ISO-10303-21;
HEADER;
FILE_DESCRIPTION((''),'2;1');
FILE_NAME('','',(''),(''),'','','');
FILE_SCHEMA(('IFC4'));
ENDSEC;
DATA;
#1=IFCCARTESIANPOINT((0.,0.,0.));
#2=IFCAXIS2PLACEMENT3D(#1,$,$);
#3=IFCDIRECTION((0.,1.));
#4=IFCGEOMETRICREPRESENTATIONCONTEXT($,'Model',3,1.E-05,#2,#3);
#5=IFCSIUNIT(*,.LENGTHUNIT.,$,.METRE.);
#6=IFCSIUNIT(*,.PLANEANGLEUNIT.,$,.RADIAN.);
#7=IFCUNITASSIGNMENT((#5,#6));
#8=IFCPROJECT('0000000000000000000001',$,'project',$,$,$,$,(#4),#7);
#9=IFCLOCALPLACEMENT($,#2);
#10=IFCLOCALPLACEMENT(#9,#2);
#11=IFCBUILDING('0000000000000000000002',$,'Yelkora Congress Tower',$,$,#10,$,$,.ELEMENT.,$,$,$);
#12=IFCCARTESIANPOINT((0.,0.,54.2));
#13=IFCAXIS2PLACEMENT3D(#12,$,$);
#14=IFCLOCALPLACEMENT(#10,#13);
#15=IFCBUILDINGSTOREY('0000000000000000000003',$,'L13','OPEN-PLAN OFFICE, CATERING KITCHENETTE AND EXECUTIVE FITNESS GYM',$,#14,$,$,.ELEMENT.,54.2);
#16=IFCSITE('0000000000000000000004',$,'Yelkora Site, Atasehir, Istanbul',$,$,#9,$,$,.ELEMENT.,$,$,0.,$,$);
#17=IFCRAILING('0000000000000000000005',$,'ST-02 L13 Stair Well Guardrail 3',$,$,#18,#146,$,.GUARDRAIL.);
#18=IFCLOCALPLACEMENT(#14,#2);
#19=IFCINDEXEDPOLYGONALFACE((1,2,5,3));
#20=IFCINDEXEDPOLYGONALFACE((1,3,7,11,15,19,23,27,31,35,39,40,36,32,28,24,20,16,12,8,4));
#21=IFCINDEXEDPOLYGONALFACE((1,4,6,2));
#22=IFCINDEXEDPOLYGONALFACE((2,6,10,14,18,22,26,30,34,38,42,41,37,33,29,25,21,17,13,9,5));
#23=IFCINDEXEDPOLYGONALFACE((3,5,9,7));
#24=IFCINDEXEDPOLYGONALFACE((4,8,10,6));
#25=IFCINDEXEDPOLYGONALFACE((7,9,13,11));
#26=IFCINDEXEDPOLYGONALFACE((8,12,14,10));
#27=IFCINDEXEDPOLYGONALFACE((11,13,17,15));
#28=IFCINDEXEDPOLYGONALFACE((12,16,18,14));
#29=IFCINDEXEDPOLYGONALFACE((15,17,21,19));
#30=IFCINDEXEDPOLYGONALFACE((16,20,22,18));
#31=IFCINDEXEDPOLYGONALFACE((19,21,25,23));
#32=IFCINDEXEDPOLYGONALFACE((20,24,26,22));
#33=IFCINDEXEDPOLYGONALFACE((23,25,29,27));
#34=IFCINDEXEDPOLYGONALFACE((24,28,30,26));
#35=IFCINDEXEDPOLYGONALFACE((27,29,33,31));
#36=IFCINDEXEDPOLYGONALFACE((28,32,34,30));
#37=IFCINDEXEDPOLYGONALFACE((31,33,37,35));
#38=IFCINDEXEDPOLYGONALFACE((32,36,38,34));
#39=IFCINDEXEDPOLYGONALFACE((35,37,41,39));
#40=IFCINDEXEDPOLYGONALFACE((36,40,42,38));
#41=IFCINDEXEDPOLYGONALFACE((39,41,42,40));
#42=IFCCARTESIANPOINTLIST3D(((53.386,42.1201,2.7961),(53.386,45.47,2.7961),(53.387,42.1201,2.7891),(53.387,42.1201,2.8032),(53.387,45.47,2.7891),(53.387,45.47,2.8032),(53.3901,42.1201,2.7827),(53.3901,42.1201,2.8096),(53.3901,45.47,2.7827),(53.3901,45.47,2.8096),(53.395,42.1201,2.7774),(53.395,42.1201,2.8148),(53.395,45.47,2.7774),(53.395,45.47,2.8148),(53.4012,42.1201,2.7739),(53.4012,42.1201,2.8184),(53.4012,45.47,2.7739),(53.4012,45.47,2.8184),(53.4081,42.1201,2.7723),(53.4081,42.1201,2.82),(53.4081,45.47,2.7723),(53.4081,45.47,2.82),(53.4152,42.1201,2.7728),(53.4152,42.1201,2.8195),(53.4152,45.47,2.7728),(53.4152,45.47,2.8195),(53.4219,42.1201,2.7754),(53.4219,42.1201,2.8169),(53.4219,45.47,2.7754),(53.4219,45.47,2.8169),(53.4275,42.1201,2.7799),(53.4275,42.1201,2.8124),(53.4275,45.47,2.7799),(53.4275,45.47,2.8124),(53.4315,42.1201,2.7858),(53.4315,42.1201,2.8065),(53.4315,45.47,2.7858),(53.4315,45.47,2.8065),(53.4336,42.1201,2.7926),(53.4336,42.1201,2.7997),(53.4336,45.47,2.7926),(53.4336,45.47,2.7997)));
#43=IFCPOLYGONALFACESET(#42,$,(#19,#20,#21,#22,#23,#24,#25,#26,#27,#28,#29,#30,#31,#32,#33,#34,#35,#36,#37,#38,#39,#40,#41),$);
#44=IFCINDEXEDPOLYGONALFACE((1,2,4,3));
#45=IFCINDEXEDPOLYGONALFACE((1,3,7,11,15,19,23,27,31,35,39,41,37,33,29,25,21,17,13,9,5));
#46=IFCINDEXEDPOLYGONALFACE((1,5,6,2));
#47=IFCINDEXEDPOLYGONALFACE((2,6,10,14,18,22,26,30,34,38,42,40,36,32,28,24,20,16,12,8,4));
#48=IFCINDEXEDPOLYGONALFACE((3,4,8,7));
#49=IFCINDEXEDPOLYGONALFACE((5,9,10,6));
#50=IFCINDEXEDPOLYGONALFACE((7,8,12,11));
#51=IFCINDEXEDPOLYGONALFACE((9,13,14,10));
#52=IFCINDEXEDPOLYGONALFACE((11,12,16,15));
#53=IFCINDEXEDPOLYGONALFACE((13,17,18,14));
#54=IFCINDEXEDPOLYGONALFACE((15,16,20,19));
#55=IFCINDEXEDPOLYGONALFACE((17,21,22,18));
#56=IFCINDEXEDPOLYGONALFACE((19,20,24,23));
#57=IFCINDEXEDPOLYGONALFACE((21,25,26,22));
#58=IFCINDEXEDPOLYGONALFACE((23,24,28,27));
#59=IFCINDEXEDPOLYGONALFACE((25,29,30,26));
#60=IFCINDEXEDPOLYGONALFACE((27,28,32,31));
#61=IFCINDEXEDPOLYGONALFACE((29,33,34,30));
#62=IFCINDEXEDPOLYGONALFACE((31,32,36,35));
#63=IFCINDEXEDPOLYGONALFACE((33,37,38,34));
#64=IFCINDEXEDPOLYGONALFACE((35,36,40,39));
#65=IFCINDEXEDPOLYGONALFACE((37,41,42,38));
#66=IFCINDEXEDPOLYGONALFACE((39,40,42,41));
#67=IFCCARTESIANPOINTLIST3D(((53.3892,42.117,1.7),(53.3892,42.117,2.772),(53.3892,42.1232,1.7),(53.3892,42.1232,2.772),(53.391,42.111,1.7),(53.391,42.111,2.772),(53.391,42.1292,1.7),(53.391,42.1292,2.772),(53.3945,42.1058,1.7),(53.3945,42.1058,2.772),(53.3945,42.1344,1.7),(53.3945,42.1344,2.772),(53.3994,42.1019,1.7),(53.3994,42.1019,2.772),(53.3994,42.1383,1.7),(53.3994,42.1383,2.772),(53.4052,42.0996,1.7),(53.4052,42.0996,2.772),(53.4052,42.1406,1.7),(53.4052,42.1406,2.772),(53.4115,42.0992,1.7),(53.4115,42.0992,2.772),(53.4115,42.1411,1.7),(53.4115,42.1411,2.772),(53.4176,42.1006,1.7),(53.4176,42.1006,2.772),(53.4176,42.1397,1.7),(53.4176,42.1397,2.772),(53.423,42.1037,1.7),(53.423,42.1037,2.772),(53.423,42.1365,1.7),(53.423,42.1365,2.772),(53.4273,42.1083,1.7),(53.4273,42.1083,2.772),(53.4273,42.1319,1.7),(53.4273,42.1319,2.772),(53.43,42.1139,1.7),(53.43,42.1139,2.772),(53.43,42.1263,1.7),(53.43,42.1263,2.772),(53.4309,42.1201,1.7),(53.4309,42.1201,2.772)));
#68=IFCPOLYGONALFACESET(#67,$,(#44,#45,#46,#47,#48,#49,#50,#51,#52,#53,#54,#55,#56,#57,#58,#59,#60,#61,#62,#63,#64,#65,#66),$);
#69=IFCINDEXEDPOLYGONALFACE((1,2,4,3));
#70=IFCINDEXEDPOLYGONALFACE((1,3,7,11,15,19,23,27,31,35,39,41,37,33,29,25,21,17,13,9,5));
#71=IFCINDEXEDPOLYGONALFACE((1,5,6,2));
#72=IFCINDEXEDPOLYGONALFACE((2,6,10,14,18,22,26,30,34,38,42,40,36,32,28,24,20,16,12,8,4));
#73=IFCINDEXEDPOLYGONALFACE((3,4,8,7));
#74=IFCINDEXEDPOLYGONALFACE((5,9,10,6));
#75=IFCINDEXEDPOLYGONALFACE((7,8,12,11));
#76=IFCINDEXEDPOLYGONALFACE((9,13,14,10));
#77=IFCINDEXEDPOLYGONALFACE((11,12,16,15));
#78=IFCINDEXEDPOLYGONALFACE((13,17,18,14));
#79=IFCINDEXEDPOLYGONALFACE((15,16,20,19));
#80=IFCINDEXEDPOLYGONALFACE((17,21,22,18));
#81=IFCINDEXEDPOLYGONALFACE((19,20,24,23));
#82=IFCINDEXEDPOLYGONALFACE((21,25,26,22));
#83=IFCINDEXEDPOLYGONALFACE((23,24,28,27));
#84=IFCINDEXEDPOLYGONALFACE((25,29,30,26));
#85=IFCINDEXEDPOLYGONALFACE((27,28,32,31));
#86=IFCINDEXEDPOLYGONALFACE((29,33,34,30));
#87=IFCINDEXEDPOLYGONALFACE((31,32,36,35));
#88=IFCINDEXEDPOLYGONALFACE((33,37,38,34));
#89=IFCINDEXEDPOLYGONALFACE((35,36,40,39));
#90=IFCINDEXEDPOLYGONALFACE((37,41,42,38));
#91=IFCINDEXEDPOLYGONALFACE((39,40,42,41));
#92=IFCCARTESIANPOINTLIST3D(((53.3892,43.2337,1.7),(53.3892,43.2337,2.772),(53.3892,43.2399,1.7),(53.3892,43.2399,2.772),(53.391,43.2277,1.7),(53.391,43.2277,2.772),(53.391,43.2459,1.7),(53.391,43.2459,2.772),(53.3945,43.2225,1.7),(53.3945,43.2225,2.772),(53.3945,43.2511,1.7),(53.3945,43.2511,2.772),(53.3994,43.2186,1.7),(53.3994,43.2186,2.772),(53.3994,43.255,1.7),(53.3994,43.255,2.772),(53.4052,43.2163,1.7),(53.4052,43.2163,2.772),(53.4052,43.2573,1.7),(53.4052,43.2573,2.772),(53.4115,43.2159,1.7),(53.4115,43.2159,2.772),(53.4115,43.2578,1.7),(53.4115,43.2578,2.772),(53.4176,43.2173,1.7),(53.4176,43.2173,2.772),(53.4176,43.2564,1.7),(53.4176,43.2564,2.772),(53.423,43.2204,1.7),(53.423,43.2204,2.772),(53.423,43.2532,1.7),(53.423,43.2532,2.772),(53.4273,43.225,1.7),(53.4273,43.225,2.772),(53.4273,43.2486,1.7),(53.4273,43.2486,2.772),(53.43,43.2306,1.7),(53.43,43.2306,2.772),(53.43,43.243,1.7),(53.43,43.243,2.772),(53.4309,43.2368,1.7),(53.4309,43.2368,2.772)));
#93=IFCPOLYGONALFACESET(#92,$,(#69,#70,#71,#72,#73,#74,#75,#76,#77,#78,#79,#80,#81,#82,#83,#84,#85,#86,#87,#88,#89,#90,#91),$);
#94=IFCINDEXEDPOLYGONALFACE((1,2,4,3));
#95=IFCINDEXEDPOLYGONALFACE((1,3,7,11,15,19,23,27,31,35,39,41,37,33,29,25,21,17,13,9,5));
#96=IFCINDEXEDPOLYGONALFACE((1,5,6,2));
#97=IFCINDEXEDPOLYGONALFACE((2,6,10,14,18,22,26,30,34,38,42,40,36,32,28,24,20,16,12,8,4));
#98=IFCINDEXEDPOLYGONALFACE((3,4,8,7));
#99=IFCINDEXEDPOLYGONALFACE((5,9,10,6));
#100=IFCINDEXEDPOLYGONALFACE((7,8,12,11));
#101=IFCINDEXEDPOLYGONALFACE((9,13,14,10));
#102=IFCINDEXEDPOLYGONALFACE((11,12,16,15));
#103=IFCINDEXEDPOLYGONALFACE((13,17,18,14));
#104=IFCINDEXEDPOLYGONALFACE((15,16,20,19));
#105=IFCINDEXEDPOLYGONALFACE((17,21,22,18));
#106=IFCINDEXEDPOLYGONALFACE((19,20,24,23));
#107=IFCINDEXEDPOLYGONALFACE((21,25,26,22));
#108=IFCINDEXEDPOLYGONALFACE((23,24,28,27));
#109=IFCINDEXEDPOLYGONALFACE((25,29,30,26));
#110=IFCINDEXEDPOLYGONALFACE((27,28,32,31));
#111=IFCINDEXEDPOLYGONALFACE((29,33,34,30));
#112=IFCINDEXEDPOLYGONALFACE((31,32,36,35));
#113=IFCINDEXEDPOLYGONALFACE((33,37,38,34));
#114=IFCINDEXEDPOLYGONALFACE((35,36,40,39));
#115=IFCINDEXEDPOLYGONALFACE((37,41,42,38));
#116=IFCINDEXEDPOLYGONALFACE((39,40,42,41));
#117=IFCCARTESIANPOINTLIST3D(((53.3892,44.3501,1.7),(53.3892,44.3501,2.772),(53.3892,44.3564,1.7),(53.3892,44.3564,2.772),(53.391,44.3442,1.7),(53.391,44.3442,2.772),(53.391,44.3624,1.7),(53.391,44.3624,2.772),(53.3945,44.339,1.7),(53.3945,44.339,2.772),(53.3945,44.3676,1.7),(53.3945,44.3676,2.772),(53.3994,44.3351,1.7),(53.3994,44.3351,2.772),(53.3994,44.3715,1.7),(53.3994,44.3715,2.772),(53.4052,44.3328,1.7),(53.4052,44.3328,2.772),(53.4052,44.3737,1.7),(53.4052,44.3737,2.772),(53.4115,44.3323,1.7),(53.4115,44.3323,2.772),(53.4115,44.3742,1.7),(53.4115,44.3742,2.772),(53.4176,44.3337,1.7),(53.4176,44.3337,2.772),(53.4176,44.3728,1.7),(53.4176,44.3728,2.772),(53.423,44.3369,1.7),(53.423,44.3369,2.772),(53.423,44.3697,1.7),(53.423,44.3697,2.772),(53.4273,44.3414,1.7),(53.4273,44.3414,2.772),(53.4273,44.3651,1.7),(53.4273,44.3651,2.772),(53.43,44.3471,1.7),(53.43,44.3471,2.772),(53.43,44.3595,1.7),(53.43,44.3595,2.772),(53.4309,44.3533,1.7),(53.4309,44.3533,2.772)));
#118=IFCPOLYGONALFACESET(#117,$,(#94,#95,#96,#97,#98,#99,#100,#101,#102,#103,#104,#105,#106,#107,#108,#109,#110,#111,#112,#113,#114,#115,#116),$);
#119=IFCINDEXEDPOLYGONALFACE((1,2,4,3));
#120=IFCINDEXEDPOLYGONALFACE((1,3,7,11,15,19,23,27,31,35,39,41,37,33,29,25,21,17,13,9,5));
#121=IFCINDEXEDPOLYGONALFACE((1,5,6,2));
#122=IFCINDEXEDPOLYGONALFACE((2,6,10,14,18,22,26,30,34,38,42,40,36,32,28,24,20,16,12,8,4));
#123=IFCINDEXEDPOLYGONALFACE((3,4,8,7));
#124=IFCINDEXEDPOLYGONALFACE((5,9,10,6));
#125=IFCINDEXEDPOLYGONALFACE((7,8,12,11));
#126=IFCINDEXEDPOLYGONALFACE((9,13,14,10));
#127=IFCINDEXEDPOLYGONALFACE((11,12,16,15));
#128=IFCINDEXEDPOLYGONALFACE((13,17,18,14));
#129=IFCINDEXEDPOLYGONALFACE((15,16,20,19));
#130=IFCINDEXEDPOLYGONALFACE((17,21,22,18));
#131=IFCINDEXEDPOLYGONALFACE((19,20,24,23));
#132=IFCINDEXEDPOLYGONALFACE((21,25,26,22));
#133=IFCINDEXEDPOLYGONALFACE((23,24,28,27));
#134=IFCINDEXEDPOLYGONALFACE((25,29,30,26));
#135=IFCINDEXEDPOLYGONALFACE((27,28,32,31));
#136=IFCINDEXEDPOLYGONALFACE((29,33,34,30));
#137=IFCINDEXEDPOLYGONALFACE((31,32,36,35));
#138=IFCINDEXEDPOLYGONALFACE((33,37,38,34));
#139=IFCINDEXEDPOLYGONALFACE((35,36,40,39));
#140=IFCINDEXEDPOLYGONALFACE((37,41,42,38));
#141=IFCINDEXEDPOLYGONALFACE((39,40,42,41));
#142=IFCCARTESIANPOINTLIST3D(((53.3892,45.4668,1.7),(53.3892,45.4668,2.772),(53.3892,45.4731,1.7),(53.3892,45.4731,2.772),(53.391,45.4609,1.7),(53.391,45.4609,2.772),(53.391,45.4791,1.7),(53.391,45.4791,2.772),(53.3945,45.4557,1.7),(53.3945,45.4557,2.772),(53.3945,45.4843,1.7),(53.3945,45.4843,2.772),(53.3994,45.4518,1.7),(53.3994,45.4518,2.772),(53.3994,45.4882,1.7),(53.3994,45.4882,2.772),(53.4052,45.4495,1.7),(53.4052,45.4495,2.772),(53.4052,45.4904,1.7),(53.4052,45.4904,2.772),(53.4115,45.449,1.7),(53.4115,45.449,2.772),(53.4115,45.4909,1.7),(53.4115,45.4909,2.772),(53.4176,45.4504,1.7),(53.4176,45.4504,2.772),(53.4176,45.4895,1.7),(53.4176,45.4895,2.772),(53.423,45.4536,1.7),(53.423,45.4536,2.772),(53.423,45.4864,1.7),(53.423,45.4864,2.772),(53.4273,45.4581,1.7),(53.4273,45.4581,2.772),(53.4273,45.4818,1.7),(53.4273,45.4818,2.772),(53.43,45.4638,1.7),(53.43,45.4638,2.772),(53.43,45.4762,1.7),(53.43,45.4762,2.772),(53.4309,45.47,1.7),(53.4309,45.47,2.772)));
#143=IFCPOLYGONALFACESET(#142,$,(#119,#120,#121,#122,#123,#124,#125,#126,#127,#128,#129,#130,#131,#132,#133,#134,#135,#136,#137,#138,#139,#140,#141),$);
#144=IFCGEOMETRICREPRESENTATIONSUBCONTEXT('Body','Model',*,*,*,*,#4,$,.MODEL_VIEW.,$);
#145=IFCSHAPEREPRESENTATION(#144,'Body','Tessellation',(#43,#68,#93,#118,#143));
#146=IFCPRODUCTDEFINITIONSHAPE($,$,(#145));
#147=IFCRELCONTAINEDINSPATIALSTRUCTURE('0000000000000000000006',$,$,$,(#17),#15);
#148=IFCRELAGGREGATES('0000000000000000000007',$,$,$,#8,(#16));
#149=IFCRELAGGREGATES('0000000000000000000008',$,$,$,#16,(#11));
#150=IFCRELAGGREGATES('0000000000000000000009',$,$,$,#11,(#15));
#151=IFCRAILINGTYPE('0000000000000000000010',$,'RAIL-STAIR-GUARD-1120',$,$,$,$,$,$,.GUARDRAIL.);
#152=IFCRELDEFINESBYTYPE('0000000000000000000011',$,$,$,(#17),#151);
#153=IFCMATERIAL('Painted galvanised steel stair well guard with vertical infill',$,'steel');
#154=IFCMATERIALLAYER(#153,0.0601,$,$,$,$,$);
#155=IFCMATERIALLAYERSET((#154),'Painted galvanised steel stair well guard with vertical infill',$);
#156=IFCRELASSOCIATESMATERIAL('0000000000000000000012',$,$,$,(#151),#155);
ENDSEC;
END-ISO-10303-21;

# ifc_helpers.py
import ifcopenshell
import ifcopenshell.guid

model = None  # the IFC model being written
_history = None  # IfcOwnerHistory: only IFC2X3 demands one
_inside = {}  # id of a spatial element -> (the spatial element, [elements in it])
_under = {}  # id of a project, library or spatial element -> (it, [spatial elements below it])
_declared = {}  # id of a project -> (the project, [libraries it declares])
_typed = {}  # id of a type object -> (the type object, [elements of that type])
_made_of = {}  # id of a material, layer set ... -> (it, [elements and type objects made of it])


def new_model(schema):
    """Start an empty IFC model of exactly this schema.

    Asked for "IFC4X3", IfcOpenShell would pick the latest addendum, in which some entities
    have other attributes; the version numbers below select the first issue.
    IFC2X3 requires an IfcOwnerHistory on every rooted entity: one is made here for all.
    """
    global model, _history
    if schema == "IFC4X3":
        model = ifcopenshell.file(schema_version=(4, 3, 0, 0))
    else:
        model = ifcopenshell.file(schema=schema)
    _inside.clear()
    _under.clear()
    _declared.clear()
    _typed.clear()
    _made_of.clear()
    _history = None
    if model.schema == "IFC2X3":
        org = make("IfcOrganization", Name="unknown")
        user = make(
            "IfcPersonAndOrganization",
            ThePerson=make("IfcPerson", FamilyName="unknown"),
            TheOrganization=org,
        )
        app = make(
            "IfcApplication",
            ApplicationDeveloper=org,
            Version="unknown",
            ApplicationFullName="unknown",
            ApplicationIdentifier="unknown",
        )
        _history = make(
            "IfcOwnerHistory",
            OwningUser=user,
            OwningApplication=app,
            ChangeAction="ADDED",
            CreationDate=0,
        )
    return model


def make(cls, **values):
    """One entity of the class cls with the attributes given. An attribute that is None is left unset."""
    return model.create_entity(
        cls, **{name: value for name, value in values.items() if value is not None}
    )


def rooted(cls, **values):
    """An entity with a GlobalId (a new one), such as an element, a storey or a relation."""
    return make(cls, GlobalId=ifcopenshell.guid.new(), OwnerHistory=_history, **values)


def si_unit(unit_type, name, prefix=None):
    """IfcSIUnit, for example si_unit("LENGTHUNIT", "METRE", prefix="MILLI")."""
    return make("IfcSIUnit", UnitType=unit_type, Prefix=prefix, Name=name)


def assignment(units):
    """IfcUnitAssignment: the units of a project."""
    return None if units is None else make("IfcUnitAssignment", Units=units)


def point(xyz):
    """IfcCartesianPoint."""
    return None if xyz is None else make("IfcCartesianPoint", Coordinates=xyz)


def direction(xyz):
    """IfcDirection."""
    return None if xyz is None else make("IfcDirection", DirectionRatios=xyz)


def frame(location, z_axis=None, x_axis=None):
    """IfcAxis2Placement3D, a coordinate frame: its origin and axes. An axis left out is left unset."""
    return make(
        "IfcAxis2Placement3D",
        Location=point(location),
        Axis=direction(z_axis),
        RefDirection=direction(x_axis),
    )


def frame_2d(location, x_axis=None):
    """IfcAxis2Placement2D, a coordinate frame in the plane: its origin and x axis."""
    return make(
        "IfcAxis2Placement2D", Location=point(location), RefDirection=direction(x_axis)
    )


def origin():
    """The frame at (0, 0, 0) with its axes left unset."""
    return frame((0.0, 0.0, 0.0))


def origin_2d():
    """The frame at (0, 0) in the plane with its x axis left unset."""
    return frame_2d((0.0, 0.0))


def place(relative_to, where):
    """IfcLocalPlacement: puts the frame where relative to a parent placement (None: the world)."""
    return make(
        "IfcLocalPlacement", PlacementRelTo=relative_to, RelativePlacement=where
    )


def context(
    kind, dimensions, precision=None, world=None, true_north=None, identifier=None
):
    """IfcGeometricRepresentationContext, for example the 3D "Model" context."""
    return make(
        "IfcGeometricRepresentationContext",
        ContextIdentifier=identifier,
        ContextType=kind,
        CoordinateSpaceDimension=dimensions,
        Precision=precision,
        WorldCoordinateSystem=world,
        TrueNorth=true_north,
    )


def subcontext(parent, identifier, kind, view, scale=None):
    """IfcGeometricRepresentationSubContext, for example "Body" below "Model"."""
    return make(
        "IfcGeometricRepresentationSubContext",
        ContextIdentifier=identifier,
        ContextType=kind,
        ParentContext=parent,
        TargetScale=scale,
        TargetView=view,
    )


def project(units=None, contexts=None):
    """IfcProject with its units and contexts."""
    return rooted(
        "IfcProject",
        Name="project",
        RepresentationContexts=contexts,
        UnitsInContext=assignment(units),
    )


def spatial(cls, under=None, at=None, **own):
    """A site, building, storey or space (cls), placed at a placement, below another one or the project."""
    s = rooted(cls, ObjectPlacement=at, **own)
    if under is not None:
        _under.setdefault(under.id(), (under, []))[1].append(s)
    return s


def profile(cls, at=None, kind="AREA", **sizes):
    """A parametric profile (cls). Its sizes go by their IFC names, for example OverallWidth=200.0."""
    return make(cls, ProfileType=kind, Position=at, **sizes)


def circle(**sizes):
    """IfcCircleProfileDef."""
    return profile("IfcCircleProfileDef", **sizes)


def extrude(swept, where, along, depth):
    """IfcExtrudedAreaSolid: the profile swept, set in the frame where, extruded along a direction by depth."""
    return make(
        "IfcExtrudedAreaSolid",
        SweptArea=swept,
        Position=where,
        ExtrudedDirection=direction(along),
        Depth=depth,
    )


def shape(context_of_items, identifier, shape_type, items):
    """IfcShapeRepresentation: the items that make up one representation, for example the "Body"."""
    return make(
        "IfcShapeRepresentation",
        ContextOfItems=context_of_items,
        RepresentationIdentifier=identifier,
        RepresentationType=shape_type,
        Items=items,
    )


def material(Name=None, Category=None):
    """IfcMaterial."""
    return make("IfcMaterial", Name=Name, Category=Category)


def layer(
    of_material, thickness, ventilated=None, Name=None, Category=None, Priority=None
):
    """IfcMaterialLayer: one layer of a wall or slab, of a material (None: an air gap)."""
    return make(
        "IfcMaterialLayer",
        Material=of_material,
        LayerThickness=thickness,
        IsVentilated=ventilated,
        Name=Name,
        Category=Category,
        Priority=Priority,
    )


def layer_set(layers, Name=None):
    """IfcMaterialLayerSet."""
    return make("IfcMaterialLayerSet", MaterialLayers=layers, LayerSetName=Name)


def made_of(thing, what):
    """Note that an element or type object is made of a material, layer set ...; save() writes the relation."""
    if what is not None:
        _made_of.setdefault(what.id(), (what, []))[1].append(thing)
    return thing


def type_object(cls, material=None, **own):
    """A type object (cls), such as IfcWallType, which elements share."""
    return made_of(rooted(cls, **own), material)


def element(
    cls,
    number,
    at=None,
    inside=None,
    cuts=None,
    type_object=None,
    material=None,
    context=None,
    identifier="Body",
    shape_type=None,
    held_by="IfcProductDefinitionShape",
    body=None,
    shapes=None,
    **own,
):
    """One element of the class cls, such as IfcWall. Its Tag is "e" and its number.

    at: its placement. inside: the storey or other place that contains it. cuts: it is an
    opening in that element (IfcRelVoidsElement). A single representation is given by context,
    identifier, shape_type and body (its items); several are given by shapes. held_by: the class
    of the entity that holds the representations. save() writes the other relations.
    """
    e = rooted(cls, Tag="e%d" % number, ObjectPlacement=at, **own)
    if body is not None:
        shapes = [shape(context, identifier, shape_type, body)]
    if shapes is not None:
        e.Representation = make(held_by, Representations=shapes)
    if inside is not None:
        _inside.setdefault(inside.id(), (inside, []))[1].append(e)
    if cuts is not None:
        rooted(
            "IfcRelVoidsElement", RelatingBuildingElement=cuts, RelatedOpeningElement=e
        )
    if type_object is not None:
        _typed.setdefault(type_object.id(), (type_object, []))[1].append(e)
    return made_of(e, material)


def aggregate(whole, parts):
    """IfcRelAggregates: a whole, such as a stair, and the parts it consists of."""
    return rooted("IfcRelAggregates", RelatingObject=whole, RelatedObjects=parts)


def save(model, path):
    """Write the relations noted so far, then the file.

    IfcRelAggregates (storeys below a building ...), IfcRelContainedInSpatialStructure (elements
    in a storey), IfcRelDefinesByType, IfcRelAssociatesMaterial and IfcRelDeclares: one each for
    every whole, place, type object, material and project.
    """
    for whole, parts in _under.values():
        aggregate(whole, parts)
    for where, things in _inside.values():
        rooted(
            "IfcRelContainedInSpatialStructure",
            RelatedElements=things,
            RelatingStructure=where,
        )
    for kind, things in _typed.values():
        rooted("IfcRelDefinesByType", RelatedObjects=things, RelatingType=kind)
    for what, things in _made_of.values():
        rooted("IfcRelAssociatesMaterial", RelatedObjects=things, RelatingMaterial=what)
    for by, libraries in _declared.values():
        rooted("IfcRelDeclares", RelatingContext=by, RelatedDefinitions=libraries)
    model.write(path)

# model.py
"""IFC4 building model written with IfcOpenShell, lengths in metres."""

from ifc_helpers import new_model, si_unit, direction, frame, origin, origin_2d, place, context, subcontext, project, spatial, circle, extrude, material, layer, layer_set, type_object, element, save


model = new_model("IFC4")

# Units and contexts
model_context = context("Model", 3, precision=1e-05, world=origin(), true_north=direction((0.0, 1.0)))
body_context = subcontext(model_context, "Body", "Model", "MODEL_VIEW")
ifc_project = project(units=[si_unit("LENGTHUNIT", "METRE"), si_unit("PLANEANGLEUNIT", "RADIAN")], contexts=[model_context])

# Site, building, storey
site_placement = place(None, origin())
site = spatial("IfcSite", under=ifc_project, at=site_placement, Name="Yelkora Site, Atasehir, Istanbul", CompositionType="ELEMENT", RefElevation=0.0)
building_placement = place(site_placement, origin())
building = spatial("IfcBuilding", under=site, at=building_placement, Name="Yelkora Congress Tower", CompositionType="ELEMENT")
storey_placement = place(building_placement, frame((0.0, 0.0, 54.2)))
storey = spatial("IfcBuildingStorey", under=building, at=storey_placement, Name="L13", Description="OPEN-PLAN OFFICE, CATERING KITCHENETTE AND EXECUTIVE FITNESS GYM", CompositionType="ELEMENT", Elevation=54.2)

# Railing
ifc_material_1 = material(Name="Painted galvanised steel stair well guard with vertical infill", Category="steel")
ifc_layer_1 = layer(ifc_material_1, 0.0601)
ifc_layer_set_1 = layer_set([ifc_layer_1], Name="Painted galvanised steel stair well guard with vertical infill")
railing_type_1 = type_object("IfcRailingType", Name="RAIL-STAIR-GUARD-1120", PredefinedType="GUARDRAIL", material=ifc_layer_set_1)
railing_1_placement = place(storey_placement, frame((53.4099, 42.1201, 1.7)))
element("IfcRailing", 1, at=railing_1_placement, inside=storey, type_object=railing_type_1, Name="ST-02 L13 Stair Well Guardrail 3", PredefinedType="GUARDRAIL", context=body_context, shape_type="SweptSolid", body=[
    extrude(circle(Radius=0.0239, at=origin_2d()), frame((0.0, 0.0, 1.0962), z_axis=(0.0, 1.0, 0.0), x_axis=(-1.0, 0.0, 0.0)), (0.0, 0.0, 1.0), 3.3499),
    extrude(circle(Radius=0.021, at=origin_2d()), origin(), (0.0, 0.0, 1.0), 1.072),
    extrude(circle(Radius=0.021, at=origin_2d()), frame((0.0, 1.1167, 0.0)), (0.0, 0.0, 1.0), 1.072),
    extrude(circle(Radius=0.021, at=origin_2d()), frame((0.0, 2.2332, 0.0)), (0.0, 0.0, 1.0), 1.072),
    extrude(circle(Radius=0.021, at=origin_2d()), frame((0.0, 3.3499, 0.0)), (0.0, 0.0, 1.0), 1.072),
])

save(model, "model.ifc")
